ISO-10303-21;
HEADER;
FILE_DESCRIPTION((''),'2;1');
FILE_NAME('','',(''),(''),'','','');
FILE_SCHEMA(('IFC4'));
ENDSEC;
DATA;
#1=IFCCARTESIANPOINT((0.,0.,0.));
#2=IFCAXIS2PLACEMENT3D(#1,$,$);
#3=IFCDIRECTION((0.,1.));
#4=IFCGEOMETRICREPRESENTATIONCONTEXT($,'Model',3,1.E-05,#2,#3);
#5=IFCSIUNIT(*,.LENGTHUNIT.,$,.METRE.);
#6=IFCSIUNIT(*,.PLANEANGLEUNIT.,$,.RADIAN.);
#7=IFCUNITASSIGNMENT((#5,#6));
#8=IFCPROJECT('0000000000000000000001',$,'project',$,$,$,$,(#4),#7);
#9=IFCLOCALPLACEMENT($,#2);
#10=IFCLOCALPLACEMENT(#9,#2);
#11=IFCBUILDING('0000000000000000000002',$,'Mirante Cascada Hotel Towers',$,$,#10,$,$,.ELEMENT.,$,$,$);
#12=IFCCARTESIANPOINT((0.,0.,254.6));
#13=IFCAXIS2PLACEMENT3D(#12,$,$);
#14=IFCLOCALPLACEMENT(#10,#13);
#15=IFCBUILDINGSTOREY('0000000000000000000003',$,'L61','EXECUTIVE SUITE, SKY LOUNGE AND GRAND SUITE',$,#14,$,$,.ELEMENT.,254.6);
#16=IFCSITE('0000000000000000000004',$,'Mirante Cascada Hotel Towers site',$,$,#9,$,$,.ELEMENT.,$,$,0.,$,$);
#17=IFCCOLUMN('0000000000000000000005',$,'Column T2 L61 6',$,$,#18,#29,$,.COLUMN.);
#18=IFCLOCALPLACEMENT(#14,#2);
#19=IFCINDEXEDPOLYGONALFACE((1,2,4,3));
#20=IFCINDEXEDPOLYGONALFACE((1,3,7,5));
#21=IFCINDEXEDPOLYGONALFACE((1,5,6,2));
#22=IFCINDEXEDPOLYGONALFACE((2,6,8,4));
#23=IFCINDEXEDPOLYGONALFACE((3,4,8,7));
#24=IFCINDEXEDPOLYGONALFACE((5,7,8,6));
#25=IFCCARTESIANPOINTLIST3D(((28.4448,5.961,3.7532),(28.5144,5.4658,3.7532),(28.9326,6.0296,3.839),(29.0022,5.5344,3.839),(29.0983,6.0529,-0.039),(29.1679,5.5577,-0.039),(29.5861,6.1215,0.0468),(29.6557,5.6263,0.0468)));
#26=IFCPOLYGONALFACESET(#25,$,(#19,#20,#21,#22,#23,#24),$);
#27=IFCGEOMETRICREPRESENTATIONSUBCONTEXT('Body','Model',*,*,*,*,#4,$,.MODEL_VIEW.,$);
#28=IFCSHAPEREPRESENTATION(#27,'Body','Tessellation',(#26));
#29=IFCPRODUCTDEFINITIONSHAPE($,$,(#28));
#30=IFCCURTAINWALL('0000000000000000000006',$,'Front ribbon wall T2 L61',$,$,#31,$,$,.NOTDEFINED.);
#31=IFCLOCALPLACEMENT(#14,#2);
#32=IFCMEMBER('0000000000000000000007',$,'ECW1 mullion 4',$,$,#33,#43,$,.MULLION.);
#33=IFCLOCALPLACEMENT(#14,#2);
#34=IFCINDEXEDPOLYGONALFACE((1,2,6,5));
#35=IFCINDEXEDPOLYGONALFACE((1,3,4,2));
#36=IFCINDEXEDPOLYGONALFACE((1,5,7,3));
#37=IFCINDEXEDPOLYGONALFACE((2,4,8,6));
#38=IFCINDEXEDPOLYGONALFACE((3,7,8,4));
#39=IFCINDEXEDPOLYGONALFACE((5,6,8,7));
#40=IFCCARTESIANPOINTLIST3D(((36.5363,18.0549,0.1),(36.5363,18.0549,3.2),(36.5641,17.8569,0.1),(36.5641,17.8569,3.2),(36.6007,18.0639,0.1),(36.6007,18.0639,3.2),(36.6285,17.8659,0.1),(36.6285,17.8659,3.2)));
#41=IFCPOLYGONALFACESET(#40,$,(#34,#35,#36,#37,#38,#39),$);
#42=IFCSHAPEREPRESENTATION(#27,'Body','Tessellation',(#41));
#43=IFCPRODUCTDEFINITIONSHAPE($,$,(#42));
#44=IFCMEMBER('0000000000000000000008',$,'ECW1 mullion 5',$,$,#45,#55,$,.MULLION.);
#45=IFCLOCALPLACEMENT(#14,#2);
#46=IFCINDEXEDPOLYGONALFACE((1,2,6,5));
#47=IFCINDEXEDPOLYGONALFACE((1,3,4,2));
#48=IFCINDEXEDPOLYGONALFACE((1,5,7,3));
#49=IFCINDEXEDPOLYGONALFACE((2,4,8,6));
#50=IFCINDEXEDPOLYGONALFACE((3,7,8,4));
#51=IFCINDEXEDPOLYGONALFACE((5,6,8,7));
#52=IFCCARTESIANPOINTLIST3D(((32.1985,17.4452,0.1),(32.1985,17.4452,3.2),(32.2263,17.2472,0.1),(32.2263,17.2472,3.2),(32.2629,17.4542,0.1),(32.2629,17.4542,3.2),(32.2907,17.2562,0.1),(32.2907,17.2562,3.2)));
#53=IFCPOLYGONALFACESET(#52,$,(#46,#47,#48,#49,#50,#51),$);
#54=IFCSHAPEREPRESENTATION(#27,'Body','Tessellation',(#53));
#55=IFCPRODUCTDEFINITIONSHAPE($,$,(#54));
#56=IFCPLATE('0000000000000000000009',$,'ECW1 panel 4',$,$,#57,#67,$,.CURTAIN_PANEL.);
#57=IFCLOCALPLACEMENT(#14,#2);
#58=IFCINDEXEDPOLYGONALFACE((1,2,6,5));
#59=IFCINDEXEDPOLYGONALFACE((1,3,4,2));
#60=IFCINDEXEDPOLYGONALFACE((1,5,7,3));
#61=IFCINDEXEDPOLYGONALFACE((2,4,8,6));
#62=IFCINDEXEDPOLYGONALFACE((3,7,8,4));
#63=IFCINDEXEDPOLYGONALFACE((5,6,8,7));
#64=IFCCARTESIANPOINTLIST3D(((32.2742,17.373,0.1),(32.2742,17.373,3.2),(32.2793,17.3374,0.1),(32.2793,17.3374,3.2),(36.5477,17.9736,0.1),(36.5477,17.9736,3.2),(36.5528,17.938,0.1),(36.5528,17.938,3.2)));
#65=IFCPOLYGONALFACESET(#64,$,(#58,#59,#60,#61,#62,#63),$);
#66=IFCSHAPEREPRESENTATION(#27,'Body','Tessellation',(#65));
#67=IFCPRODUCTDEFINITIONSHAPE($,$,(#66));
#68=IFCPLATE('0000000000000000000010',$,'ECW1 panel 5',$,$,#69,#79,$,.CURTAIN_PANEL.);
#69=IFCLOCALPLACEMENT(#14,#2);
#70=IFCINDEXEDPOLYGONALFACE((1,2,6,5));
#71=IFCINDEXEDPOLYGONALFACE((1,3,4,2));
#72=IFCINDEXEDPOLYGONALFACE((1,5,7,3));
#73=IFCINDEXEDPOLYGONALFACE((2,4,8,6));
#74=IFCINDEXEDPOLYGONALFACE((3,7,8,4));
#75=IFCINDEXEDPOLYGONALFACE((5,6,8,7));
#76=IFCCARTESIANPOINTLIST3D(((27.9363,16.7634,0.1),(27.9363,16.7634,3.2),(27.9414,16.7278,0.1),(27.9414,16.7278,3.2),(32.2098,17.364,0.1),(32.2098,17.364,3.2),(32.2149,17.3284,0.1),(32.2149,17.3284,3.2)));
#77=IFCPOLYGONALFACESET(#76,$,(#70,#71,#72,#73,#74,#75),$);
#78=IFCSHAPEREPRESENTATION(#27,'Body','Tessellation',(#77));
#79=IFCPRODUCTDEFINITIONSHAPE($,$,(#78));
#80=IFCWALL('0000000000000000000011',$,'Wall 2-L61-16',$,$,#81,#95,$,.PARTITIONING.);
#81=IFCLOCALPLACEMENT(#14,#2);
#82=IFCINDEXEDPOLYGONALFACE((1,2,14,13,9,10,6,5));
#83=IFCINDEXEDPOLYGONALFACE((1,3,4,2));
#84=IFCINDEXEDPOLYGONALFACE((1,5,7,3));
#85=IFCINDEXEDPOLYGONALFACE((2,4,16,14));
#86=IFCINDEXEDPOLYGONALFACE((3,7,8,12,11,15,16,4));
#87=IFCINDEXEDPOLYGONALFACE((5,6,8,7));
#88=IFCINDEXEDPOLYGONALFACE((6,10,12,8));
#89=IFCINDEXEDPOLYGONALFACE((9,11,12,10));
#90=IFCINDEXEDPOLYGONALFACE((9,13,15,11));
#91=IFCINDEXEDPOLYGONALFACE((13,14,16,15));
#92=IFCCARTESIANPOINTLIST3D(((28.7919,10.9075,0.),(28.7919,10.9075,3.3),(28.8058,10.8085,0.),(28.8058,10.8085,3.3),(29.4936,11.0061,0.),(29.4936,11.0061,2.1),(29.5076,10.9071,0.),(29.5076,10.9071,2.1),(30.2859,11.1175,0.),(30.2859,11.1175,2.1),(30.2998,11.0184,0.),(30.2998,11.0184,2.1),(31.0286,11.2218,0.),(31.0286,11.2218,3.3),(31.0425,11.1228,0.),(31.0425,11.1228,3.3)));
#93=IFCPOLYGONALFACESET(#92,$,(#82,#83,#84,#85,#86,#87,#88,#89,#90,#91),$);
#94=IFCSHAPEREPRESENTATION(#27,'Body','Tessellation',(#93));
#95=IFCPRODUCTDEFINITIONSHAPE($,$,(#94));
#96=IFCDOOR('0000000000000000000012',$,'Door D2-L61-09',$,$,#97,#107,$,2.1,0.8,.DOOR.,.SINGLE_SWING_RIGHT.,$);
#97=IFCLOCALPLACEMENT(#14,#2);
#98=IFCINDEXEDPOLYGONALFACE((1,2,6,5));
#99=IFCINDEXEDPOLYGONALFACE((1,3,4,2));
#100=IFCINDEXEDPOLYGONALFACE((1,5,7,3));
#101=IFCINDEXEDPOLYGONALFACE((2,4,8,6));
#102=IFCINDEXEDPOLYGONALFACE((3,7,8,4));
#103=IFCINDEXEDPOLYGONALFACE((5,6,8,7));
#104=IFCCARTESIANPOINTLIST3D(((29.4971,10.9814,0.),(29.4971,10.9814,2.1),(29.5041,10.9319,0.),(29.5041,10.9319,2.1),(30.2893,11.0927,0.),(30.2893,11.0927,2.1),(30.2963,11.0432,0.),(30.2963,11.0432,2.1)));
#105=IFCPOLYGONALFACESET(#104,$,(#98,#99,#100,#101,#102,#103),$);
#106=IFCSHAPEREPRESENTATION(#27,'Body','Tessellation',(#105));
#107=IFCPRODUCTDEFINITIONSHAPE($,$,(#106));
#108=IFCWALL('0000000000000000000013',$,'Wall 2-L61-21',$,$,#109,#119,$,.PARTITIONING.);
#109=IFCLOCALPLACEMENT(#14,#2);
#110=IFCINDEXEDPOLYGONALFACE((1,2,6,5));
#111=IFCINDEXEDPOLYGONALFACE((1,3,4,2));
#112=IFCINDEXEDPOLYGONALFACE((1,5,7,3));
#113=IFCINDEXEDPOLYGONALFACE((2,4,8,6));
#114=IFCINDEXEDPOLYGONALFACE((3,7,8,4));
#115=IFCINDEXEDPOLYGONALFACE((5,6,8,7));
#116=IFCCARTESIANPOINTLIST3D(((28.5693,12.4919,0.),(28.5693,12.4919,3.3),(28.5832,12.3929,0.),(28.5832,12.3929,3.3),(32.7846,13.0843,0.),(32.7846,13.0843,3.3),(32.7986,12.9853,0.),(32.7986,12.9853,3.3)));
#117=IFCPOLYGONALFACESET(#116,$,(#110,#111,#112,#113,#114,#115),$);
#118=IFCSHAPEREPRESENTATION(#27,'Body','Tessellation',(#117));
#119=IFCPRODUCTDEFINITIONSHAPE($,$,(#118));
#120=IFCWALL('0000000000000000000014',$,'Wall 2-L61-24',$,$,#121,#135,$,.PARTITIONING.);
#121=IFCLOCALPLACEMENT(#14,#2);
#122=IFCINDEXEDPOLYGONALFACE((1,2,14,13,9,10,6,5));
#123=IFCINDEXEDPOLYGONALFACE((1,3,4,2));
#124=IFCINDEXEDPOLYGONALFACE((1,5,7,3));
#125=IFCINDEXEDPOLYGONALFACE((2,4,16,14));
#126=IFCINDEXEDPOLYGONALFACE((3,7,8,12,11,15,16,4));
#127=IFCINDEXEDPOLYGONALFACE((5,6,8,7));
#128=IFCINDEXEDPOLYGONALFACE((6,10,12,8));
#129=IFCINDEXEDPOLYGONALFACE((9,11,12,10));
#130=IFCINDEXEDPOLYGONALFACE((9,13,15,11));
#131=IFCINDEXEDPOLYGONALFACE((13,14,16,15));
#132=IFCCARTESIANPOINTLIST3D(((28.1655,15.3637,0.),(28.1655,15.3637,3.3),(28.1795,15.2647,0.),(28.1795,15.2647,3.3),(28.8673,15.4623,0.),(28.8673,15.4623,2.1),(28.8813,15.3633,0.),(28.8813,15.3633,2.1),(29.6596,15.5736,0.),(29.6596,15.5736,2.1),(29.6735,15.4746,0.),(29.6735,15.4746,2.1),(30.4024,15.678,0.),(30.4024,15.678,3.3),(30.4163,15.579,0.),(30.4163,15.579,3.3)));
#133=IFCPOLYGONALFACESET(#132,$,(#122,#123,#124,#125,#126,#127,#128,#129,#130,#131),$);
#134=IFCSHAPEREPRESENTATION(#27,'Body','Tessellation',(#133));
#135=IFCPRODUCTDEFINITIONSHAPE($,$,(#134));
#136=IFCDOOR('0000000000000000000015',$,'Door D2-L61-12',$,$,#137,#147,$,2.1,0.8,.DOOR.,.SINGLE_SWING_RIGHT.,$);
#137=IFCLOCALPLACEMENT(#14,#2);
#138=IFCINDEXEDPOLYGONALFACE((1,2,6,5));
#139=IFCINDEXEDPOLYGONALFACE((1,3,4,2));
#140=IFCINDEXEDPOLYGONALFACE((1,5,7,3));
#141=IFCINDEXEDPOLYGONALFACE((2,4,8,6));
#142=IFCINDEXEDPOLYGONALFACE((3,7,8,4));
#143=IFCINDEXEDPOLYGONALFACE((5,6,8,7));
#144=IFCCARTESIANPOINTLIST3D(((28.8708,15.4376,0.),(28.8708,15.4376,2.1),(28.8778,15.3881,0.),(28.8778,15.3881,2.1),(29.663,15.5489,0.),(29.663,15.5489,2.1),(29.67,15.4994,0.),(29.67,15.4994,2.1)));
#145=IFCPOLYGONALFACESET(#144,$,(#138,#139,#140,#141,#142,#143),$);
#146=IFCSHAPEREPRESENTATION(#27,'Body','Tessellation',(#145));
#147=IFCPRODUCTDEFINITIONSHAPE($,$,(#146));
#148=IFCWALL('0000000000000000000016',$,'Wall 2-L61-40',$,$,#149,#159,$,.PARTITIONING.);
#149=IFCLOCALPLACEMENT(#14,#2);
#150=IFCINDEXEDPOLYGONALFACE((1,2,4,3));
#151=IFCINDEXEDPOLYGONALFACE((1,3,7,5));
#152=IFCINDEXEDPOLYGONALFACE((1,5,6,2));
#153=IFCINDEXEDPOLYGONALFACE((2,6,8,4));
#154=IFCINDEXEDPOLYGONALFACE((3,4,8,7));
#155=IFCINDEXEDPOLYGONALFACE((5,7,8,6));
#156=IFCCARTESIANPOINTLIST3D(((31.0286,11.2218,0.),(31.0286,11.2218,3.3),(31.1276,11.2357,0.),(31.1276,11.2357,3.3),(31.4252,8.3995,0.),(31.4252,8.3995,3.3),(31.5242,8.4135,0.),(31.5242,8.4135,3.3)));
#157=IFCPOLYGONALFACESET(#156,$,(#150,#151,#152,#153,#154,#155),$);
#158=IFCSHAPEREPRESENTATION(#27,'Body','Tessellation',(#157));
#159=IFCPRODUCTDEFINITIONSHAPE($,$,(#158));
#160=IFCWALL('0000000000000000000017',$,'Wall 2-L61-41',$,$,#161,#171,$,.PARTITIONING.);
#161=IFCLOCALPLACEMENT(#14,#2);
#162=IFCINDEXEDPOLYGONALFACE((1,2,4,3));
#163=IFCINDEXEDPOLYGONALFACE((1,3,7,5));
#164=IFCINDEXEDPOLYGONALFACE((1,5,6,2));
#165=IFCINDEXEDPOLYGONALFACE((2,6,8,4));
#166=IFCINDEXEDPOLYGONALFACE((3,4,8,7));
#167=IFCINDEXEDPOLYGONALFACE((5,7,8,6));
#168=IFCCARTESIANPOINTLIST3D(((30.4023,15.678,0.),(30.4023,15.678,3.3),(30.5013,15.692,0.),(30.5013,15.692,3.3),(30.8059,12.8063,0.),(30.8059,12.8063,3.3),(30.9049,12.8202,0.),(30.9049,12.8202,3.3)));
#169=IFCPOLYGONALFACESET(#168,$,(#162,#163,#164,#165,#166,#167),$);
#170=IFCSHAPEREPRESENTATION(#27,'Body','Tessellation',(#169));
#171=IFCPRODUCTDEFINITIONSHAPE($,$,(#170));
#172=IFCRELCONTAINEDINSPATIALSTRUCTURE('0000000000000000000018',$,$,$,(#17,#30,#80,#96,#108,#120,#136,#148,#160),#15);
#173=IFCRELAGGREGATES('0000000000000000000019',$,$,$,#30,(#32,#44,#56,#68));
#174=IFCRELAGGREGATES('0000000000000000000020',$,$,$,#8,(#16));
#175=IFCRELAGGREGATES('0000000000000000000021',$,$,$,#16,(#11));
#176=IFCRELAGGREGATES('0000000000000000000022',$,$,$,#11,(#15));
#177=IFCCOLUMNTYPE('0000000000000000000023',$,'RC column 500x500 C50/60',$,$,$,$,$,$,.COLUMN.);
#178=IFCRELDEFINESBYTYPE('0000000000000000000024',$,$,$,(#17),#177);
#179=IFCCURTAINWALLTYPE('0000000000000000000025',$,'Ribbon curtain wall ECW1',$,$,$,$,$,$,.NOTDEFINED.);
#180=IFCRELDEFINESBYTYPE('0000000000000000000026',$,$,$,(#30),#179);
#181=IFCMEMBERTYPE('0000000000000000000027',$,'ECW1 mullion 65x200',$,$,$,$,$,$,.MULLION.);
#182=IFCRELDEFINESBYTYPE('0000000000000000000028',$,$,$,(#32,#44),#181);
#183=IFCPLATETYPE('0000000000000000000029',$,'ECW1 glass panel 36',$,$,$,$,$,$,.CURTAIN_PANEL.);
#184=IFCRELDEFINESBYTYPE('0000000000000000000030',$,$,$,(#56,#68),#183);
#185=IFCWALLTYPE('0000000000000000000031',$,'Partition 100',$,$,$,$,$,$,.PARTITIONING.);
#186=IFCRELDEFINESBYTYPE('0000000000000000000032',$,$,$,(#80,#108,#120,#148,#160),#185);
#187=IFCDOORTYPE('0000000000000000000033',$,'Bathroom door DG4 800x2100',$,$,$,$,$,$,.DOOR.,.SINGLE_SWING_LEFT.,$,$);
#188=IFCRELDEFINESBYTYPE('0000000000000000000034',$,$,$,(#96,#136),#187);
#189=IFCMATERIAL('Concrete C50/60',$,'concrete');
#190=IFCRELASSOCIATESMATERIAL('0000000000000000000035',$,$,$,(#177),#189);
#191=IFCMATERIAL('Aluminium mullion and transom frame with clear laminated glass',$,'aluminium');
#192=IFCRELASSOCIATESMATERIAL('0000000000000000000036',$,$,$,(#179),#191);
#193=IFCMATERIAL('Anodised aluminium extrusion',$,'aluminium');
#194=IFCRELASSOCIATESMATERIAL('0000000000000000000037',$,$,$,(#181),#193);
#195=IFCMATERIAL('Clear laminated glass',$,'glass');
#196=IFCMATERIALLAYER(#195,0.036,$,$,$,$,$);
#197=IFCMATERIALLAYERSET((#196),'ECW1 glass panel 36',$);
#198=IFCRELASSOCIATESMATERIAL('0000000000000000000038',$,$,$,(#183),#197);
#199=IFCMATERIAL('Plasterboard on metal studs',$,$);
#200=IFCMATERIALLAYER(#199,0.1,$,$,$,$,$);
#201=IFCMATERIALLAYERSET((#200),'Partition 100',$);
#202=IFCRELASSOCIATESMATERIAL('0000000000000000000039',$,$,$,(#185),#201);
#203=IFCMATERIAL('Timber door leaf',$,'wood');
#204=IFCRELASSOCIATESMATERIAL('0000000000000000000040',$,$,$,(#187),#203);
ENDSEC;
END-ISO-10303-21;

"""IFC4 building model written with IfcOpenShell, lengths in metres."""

from ifc_helpers import new_model, si_unit, direction, frame, frame_2d, origin, origin_2d, place, context, subcontext, project, spatial, rectangle, extrude, material, layer, layer_set, material_profile, profile_set, type_object, element, fill, aggregate, save


model = new_model("IFC4")

# Units and contexts
model_context = context("Model", 3, precision=1e-05, world=origin(), true_north=direction((0.0, 1.0)))
body_context = subcontext(model_context, "Body", "Model", "MODEL_VIEW")
ifc_project = project(units=[si_unit("LENGTHUNIT", "METRE"), si_unit("PLANEANGLEUNIT", "RADIAN")], contexts=[model_context])

# Site, building, storey
site_placement = place(None, origin())
site = spatial("IfcSite", under=ifc_project, at=site_placement, Name="Mirante Cascada Hotel Towers site", CompositionType="ELEMENT", RefElevation=0.0)
building_placement = place(site_placement, origin())
building = spatial("IfcBuilding", under=site, at=building_placement, Name="Mirante Cascada Hotel Towers", CompositionType="ELEMENT")
storey_placement = place(building_placement, frame((0.0, 0.0, 254.6)))
storey = spatial("IfcBuildingStorey", under=building, at=storey_placement, Name="L61", Description="EXECUTIVE SUITE, SKY LOUNGE AND GRAND SUITE", CompositionType="ELEMENT", Elevation=254.6)

# Column
ifc_material_1 = material(Name="Concrete C50/60", Category="concrete")
ifc_material_profile_1 = material_profile(ifc_material_1, rectangle(XDim=0.5, YDim=0.5, at=origin_2d()), Name="RC column 500x500 C50/60")
ifc_profile_set_1 = profile_set([ifc_material_profile_1], Name="Concrete C50/60")
column_type = type_object("IfcColumnType", Name="RC column 500x500 C50/60", PredefinedType="COLUMN", material=ifc_profile_set_1)
column_placement = place(storey_placement, frame((29.377, 5.8396, 0.0039), z_axis=(-0.169776, -0.023875, 0.985194), x_axis=(0.139257, -0.990256, 0.0)))
element("IfcColumn", 1, at=column_placement, inside=storey, type_object=column_type, Name="Column T2 L61 6", PredefinedType="COLUMN", context=body_context, shape_type="SweptSolid", body=[
    extrude(rectangle(XDim=0.5, YDim=0.5, at=origin_2d()), origin(), (0.0, 0.0, 1.0), 3.8492),
])

# Curtain wall, members, plates
ifc_material_2 = material(Name="Aluminium mullion and transom frame with clear laminated glass", Category="aluminium")
curtain_wall_type = type_object("IfcCurtainWallType", Name="Ribbon curtain wall ECW1", PredefinedType="NOTDEFINED", material=ifc_material_2)
curtain_wall_placement = place(storey_placement, origin())
curtain_wall = element("IfcCurtainWall", 2, at=curtain_wall_placement, inside=storey, type_object=curtain_wall_type, Name="Front ribbon wall T2 L61", PredefinedType="NOTDEFINED")
ifc_material_3 = material(Name="Anodised aluminium extrusion", Category="aluminium")
ifc_material_profile_2 = material_profile(ifc_material_3, rectangle(XDim=0.2, YDim=0.065, at=origin_2d()), Name="ECW1 MULLION 65x200")
ifc_profile_set_2 = profile_set([ifc_material_profile_2], Name="Anodised aluminium extrusion")
member_type = type_object("IfcMemberType", Name="ECW1 mullion 65x200", PredefinedType="MULLION", material=ifc_profile_set_2)
member_1_placement = place(storey_placement, frame((36.5824, 17.9604, 0.1), z_axis=(0.0, 0.0, 1.0), x_axis=(0.139173, -0.990268, 0.0)))
member_1 = element("IfcMember", 3, at=member_1_placement, type_object=member_type, Name="ECW1 mullion 4", PredefinedType="MULLION", context=body_context, shape_type="SweptSolid", body=[
    extrude(rectangle(XDim=0.2, YDim=0.065, at=origin_2d()), origin(), (0.0, 0.0, 1.0), 3.1),
])
member_2_placement = place(storey_placement, frame((32.2446, 17.3507, 0.1), z_axis=(0.0, 0.0, 1.0), x_axis=(0.139173, -0.990268, 0.0)))
member_2 = element("IfcMember", 4, at=member_2_placement, type_object=member_type, Name="ECW1 mullion 5", PredefinedType="MULLION", context=body_context, shape_type="SweptSolid", body=[
    extrude(rectangle(XDim=0.2, YDim=0.065, at=origin_2d()), origin(), (0.0, 0.0, 1.0), 3.1),
])
ifc_material_4 = material(Name="Clear laminated glass", Category="glass")
ifc_layer_1 = layer(ifc_material_4, 0.036)
ifc_layer_set_1 = layer_set([ifc_layer_1], Name="ECW1 glass panel 36")
plate_type = type_object("IfcPlateType", Name="ECW1 glass panel 36", PredefinedType="CURTAIN_PANEL", material=ifc_layer_set_1)
plate_1_placement = place(storey_placement, frame((34.4135, 17.6555, 0.1), z_axis=(0.0, 0.0, 1.0), x_axis=(-0.990268, -0.139173, 0.0)))
plate_1 = element("IfcPlate", 5, at=plate_1_placement, type_object=plate_type, Name="ECW1 panel 4", PredefinedType="CURTAIN_PANEL", context=body_context, shape_type="SweptSolid", body=[
    extrude(rectangle(XDim=4.3155, YDim=0.036, at=origin_2d()), origin(), (0.0, 0.0, 1.0), 3.1),
])
plate_2_placement = place(storey_placement, frame((30.0756, 17.0459, 0.1), z_axis=(0.0, 0.0, 1.0), x_axis=(-0.990268, -0.139173, 0.0)))
plate_2 = element("IfcPlate", 6, at=plate_2_placement, type_object=plate_type, Name="ECW1 panel 5", PredefinedType="CURTAIN_PANEL", context=body_context, shape_type="SweptSolid", body=[
    extrude(rectangle(XDim=4.3155, YDim=0.036, at=origin_2d()), origin(), (0.0, 0.0, 1.0), 3.1),
])
aggregate(curtain_wall, [member_1, member_2, plate_1, plate_2])

# Wall, opening, door
ifc_material_5 = material(Name="Plasterboard on metal studs")
ifc_layer_2 = layer(ifc_material_5, 0.1)
ifc_layer_set_2 = layer_set([ifc_layer_2], Name="Partition 100")
wall_type = type_object("IfcWallType", Name="Partition 100", PredefinedType="PARTITIONING", material=ifc_layer_set_2)
wall_1_placement = place(storey_placement, frame((28.7988, 10.858, 0.0), z_axis=(0.0, 0.0, 1.0), x_axis=(0.990271, 0.139152, 0.0)))
wall_1 = element("IfcWall", 7, at=wall_1_placement, inside=storey, type_object=wall_type, Name="Wall 2-L61-16", PredefinedType="PARTITIONING", context=body_context, shape_type="SweptSolid", body=[
    extrude(rectangle(XDim=2.2587, YDim=0.1, at=frame_2d((1.1294, 0.0))), origin(), (0.0, 0.0, 1.0), 3.3),
])
opening_1_placement = place(wall_1_placement, frame((0.7087, 0.0, 0.0)))
opening_1 = element("IfcOpeningElement", 8, at=opening_1_placement, cuts=wall_1, PredefinedType="OPENING", context=body_context, shape_type="SweptSolid", body=[
    extrude(rectangle(XDim=0.8, YDim=2.1, at=frame_2d((0.4, 1.05))), frame((0.0, 0.05, 0.0), z_axis=(0.0, -1.0, 0.0), x_axis=(1.0, 0.0, 0.0)), (0.0, 0.0, 1.0), 0.1),
])
ifc_material_6 = material(Name="Timber door leaf", Category="wood")
door_type_1 = type_object("IfcDoorType", Name="Bathroom door DG4 800x2100", OperationType="SINGLE_SWING_LEFT", PredefinedType="DOOR", material=ifc_material_6)
door_1_placement = place(opening_1_placement, frame((0.8, 0.0, 0.0), z_axis=(0.0, 0.0, 1.0), x_axis=(-1.0, 0.0, 0.0)))
door_1 = element("IfcDoor", 9, at=door_1_placement, inside=storey, type_object=door_type_1, Name="Door D2-L61-09", OperationType="SINGLE_SWING_RIGHT", OverallHeight=2.1, OverallWidth=0.8, PredefinedType="DOOR", context=body_context, shape_type="SweptSolid", body=[
    extrude(rectangle(XDim=0.8, YDim=2.1, at=frame_2d((0.4, 1.05))), frame((0.0, 0.025, 0.0), z_axis=(0.0, -1.0, 0.0), x_axis=(1.0, 0.0, 0.0)), (0.0, 0.0, 1.0), 0.05),
])
fill(opening_1, door_1)

# Wall
wall_2_placement = place(storey_placement, frame((32.7916, 13.0348, 0.0), z_axis=(0.0, 0.0, 1.0), x_axis=(-0.990269, -0.139165, 0.0)))
element("IfcWall", 10, at=wall_2_placement, inside=storey, type_object=wall_type, Name="Wall 2-L61-21", PredefinedType="PARTITIONING", context=body_context, shape_type="SweptSolid", body=[
    extrude(rectangle(XDim=4.2568, YDim=0.1, at=frame_2d((2.1284, 0.0))), origin(), (0.0, 0.0, 1.0), 3.3),
])

# Wall, opening, door
wall_3_placement = place(storey_placement, frame((28.1725, 15.3142, 0.0), z_axis=(0.0, 0.0, 1.0), x_axis=(0.990272, 0.139146, 0.0)))
wall_3 = element("IfcWall", 11, at=wall_3_placement, inside=storey, type_object=wall_type, Name="Wall 2-L61-24", PredefinedType="PARTITIONING", context=body_context, shape_type="SweptSolid", body=[
    extrude(rectangle(XDim=2.2588, YDim=0.1, at=frame_2d((1.1294, 0.0))), origin(), (0.0, 0.0, 1.0), 3.3),
])
opening_2_placement = place(wall_3_placement, frame((0.7087, 0.0, 0.0)))
opening_2 = element("IfcOpeningElement", 12, at=opening_2_placement, cuts=wall_3, PredefinedType="OPENING", context=body_context, shape_type="SweptSolid", body=[
    extrude(rectangle(XDim=0.8, YDim=2.1, at=frame_2d((0.4, 1.05))), frame((0.0, 0.05, 0.0), z_axis=(0.0, -1.0, 0.0), x_axis=(1.0, 0.0, 0.0)), (0.0, 0.0, 1.0), 0.1),
])
door_2_placement = place(opening_2_placement, frame((0.8, 0.0, 0.0), z_axis=(0.0, 0.0, 1.0), x_axis=(-1.0, 0.0, 0.0)))
door_2 = element("IfcDoor", 13, at=door_2_placement, inside=storey, type_object=door_type_1, Name="Door D2-L61-12", OperationType="SINGLE_SWING_RIGHT", OverallHeight=2.1, OverallWidth=0.8, PredefinedType="DOOR", context=body_context, shape_type="SweptSolid", body=[
    extrude(rectangle(XDim=0.8, YDim=2.1, at=frame_2d((0.4, 1.05))), frame((0.0, 0.025, 0.0), z_axis=(0.0, -1.0, 0.0), x_axis=(1.0, 0.0, 0.0)), (0.0, 0.0, 1.0), 0.05),
])
fill(opening_2, door_2)

# Walls
wall_4_placement = place(storey_placement, frame((31.4747, 8.4065, 0.0), z_axis=(0.0, 0.0, 1.0), x_axis=(-0.139156, 0.99027, 0.0)))
element("IfcWall", 14, at=wall_4_placement, inside=storey, type_object=wall_type, Name="Wall 2-L61-40", PredefinedType="PARTITIONING", context=body_context, shape_type="SweptSolid", body=[
    extrude(rectangle(XDim=2.85, YDim=0.1, at=frame_2d((1.425, 0.0))), origin(), (0.0, 0.0, 1.0), 3.3),
])
wall_5_placement = place(storey_placement, frame((30.4518, 15.685, 0.0), z_axis=(0.0, 0.0, 1.0), x_axis=(0.139171, -0.990268, 0.0)))
element("IfcWall", 15, at=wall_5_placement, inside=storey, type_object=wall_type, Name="Wall 2-L61-41", PredefinedType="PARTITIONING", context=body_context, shape_type="SweptSolid", body=[
    extrude(rectangle(XDim=2.9, YDim=0.1, at=frame_2d((1.45, 0.0))), origin(), (0.0, 0.0, 1.0), 3.3),
])

save(model, "model.ifc")
